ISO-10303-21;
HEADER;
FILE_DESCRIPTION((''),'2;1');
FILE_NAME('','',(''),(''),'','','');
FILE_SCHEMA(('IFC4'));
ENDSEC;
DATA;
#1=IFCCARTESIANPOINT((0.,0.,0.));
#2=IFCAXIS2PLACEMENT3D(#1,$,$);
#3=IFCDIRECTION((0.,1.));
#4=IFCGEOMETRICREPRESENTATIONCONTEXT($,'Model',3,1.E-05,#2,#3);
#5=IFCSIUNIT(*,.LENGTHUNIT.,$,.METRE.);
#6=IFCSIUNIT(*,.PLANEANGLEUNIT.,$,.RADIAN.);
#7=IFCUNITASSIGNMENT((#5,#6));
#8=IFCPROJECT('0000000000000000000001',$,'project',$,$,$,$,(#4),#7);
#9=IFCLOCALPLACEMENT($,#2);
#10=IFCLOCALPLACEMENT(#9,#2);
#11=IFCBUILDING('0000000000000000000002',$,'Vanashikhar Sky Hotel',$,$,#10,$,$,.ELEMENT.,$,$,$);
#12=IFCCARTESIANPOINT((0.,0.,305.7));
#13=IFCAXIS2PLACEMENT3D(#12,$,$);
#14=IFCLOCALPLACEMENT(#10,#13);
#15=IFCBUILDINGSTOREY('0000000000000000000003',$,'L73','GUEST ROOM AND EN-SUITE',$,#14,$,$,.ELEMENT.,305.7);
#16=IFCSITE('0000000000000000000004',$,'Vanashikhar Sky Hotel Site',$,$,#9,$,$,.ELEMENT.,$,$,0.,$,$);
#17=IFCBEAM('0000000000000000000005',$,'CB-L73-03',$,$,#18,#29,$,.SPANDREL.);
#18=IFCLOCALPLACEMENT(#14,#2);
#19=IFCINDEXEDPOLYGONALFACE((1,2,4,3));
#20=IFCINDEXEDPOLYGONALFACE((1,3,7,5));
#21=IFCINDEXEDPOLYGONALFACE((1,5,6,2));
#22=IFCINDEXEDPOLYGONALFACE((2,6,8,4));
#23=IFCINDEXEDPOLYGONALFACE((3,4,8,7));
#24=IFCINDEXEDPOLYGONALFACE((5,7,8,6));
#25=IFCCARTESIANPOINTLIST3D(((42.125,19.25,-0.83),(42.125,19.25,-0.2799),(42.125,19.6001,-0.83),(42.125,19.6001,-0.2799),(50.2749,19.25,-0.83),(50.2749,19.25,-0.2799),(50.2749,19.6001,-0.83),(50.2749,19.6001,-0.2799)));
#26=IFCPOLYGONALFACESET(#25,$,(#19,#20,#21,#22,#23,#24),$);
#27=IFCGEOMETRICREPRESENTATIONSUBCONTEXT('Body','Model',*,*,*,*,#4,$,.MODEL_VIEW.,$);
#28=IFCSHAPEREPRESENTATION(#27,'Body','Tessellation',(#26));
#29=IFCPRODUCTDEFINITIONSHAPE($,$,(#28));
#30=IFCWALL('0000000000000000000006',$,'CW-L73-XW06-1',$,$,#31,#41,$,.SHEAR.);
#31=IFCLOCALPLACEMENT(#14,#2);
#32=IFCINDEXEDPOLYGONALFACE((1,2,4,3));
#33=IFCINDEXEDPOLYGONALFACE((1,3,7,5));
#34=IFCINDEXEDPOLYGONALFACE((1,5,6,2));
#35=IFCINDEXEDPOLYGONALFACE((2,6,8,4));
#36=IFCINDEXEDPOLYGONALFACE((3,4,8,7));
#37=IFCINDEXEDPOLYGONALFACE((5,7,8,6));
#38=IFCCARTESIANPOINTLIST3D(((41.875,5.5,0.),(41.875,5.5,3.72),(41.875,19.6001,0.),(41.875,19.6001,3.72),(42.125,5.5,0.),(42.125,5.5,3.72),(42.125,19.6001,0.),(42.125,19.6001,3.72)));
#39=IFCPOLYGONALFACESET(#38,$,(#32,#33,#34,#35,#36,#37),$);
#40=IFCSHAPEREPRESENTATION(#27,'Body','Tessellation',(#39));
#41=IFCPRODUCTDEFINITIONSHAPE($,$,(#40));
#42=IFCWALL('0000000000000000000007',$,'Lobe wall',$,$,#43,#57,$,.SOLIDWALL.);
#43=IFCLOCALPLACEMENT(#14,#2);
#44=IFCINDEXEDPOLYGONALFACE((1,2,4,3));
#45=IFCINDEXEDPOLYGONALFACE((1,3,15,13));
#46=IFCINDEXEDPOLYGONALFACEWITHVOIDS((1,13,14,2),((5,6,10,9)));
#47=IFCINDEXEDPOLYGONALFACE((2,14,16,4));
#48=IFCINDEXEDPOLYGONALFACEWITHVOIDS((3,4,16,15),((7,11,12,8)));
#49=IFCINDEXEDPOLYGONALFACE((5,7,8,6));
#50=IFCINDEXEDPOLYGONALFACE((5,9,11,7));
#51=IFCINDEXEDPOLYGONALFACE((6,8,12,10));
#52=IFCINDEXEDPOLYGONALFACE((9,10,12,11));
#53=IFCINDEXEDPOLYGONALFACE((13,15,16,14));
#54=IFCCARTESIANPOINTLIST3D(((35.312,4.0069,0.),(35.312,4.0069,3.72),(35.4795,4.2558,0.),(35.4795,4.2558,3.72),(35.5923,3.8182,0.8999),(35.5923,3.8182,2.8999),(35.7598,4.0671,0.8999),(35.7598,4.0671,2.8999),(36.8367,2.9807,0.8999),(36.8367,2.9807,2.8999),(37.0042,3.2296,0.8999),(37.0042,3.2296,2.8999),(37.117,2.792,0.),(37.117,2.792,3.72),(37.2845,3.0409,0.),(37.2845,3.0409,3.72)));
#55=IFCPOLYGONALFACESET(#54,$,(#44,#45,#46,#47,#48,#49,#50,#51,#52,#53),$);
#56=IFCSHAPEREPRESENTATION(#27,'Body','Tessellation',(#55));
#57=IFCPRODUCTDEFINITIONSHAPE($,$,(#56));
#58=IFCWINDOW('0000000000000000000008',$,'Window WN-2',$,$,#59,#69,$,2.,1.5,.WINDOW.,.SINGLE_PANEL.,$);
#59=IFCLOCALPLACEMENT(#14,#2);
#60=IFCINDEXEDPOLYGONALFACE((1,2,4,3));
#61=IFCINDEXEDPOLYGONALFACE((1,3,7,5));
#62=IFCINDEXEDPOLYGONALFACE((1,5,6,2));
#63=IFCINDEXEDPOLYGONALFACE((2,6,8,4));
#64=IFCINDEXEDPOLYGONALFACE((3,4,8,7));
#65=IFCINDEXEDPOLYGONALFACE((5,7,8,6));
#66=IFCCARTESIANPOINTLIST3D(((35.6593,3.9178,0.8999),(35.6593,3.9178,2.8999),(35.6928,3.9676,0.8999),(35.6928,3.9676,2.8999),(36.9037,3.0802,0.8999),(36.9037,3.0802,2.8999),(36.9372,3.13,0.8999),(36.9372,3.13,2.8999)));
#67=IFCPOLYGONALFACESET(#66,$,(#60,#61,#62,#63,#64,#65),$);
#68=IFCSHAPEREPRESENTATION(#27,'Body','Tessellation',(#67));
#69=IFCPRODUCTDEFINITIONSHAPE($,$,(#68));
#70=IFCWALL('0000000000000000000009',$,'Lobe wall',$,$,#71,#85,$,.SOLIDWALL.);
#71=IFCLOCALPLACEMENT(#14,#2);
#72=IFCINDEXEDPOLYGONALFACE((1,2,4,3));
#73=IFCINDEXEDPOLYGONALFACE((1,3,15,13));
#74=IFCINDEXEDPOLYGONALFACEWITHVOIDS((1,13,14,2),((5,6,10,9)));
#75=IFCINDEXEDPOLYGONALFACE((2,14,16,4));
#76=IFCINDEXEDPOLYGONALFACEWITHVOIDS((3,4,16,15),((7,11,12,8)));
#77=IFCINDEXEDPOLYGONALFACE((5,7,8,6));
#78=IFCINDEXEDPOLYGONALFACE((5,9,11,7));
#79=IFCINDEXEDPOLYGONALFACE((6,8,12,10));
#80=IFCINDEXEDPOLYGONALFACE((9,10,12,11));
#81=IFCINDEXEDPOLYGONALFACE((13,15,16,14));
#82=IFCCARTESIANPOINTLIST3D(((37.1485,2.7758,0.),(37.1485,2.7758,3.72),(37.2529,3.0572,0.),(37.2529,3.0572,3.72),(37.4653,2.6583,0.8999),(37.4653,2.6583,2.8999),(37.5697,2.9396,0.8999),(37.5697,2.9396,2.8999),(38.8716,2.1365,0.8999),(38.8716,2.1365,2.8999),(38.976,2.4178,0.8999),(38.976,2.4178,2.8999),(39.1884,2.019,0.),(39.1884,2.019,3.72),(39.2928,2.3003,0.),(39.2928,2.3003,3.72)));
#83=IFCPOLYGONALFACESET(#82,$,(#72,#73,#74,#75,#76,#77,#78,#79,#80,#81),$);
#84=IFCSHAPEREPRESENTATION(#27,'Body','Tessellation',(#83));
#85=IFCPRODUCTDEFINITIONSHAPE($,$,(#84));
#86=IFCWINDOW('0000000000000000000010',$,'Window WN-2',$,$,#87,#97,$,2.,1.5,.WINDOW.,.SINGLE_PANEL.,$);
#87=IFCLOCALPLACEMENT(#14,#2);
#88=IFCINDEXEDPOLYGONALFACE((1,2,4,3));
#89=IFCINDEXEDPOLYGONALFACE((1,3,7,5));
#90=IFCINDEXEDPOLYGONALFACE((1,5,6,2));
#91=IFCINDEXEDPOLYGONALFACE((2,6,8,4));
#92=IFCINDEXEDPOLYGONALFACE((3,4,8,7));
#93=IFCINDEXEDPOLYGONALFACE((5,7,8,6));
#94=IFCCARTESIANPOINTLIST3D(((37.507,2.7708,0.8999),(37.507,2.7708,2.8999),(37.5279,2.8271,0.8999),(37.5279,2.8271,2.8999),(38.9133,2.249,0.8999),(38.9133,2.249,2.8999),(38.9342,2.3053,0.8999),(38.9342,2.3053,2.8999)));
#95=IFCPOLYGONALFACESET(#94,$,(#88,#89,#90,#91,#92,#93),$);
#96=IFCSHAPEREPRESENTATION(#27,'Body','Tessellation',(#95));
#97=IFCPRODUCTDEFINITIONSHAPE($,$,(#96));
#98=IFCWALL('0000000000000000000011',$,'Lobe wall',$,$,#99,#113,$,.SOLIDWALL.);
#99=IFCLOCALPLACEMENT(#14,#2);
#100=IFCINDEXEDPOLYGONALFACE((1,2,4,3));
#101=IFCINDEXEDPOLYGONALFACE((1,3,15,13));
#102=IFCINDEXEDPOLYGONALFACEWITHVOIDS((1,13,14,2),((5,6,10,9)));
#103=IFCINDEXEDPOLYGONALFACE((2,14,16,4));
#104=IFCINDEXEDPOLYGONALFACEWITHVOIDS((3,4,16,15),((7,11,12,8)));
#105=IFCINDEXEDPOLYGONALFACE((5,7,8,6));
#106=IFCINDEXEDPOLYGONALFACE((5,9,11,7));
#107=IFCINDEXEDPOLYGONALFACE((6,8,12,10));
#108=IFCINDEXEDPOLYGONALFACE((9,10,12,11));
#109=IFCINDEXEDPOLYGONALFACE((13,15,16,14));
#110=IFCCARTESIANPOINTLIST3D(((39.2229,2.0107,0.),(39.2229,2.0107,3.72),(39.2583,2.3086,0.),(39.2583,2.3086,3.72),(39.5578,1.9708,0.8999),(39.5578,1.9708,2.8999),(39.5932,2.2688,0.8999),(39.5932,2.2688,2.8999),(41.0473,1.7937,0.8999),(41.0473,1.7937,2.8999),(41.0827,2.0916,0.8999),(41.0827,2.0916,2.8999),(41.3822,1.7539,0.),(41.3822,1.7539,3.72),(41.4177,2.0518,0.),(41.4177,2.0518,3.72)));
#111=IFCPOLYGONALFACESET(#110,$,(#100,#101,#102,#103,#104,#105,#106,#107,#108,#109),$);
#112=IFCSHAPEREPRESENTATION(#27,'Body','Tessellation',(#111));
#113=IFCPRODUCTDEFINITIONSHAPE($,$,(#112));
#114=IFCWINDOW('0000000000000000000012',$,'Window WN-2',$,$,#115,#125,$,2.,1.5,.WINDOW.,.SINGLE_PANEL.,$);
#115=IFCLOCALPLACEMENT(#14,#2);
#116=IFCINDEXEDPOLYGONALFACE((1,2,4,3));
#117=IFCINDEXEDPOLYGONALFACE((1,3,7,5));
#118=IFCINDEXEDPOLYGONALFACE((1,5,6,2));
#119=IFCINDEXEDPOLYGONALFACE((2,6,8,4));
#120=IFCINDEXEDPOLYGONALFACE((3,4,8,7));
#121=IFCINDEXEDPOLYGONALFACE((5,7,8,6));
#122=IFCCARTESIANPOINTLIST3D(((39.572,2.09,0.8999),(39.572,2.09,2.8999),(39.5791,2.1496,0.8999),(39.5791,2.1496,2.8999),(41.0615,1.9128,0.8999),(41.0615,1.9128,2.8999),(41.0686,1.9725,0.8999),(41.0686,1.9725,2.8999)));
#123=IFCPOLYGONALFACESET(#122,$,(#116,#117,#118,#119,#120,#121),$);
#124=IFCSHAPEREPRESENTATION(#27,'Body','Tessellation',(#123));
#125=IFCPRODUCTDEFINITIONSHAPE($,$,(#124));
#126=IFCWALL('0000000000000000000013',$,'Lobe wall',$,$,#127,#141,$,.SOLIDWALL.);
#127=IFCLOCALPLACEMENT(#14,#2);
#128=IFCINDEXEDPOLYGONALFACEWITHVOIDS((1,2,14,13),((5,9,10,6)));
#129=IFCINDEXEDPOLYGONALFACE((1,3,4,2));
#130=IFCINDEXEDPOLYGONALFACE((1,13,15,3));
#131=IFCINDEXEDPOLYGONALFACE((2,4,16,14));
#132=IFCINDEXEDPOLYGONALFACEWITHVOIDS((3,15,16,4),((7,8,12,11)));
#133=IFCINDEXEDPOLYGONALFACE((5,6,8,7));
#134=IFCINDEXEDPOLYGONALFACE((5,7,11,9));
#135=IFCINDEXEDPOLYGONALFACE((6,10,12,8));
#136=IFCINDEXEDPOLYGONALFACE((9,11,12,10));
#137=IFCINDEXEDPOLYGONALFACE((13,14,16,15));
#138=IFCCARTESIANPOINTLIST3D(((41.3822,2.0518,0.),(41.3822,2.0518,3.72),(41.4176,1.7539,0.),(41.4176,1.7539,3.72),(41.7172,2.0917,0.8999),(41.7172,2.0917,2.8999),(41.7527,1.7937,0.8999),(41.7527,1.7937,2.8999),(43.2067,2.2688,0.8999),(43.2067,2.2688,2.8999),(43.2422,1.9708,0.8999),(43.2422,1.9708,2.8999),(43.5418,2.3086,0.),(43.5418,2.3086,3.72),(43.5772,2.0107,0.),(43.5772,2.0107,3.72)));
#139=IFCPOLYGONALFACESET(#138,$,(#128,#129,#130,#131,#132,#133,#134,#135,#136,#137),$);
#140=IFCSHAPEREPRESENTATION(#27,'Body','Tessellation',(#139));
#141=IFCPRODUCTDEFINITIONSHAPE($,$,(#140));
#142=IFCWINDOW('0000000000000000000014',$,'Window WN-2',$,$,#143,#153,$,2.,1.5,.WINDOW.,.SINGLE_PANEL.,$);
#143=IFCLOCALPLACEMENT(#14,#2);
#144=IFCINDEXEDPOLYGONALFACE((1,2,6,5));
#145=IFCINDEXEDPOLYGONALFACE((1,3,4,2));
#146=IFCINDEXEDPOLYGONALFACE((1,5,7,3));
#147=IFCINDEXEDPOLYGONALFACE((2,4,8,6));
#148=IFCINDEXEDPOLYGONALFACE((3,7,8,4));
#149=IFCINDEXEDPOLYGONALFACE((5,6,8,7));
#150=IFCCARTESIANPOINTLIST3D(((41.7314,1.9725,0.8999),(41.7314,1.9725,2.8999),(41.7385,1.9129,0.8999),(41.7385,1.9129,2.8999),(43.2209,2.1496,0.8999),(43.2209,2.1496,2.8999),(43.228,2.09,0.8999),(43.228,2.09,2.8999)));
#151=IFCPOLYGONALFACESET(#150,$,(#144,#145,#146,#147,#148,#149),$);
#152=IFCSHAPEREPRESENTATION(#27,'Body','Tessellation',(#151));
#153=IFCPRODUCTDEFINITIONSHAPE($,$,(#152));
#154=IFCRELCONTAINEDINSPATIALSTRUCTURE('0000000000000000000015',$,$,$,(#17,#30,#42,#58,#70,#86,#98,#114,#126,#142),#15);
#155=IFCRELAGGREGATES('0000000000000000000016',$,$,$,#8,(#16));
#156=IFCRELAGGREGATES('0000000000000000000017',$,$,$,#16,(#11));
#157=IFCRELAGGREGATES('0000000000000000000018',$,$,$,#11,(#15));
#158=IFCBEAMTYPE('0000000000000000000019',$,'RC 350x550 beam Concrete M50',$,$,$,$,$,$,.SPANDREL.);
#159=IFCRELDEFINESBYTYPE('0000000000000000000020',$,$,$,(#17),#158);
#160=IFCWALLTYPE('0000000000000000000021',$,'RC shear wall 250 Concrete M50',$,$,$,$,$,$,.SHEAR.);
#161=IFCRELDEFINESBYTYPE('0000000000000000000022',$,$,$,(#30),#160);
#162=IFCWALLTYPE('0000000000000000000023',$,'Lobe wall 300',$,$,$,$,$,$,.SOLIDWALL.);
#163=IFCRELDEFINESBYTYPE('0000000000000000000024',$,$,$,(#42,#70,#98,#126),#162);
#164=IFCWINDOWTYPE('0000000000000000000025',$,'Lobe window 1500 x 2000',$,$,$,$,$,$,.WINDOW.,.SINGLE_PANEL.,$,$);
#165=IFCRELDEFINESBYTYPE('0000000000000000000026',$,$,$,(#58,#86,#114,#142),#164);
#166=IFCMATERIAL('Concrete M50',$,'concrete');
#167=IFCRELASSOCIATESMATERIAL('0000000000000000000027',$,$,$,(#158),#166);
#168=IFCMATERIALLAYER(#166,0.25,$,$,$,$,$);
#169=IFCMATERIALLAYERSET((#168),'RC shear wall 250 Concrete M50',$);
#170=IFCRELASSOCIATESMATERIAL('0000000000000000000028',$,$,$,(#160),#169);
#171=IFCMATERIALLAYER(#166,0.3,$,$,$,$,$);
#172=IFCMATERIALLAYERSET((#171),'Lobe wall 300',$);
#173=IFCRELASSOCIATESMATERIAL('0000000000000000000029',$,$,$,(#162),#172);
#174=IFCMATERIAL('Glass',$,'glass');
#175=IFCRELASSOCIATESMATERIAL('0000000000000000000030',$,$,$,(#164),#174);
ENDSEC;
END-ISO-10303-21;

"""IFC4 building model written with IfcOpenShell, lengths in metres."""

from ifc_helpers import new_model, si_unit, direction, frame, frame_2d, origin, origin_2d, place, context, subcontext, project, spatial, rectangle, extrude, source, transform, mapped, material, layer, layer_set, material_profile, profile_set, type_object, element, fill, save


model = new_model("IFC4")

# Units and contexts
model_context = context("Model", 3, precision=1e-05, world=origin(), true_north=direction((0.0, 1.0)))
body_context = subcontext(model_context, "Body", "Model", "MODEL_VIEW")
ifc_project = project(units=[si_unit("LENGTHUNIT", "METRE"), si_unit("PLANEANGLEUNIT", "RADIAN")], contexts=[model_context])

# Site, building, storey
site_placement = place(None, origin())
site = spatial("IfcSite", under=ifc_project, at=site_placement, Name="Vanashikhar Sky Hotel Site", CompositionType="ELEMENT", RefElevation=0.0)
building_placement = place(site_placement, origin())
building = spatial("IfcBuilding", under=site, at=building_placement, Name="Vanashikhar Sky Hotel", CompositionType="ELEMENT")
storey_placement = place(building_placement, frame((0.0, 0.0, 305.7)))
storey = spatial("IfcBuildingStorey", under=building, at=storey_placement, Name="L73", Description="GUEST ROOM AND EN-SUITE", CompositionType="ELEMENT", Elevation=305.7)

# Beam
ifc_material_1 = material(Name="Concrete M50", Category="concrete")
ifc_material_profile_1 = material_profile(ifc_material_1, rectangle(XDim=0.3501, YDim=0.55, at=origin_2d()))
ifc_profile_set_1 = profile_set([ifc_material_profile_1], Name="RC 350x550 beam Concrete M50")
beam_type = type_object("IfcBeamType", Name="RC 350x550 beam Concrete M50", PredefinedType="SPANDREL", material=ifc_profile_set_1)
shared_shape_1 = source(origin(), body_context, "Body", "SweptSolid", [
    extrude(rectangle(XDim=0.3501, YDim=0.55, at=origin_2d()), origin(), (0.0, 0.0, 1.0), 8.1499),
])
beam_placement = place(storey_placement, frame((42.125, 19.425, -0.5549), z_axis=(1.0, 0.0, 0.0), x_axis=(0.0, 1.0, 0.0)))
element("IfcBeam", 1, at=beam_placement, inside=storey, type_object=beam_type, Name="CB-L73-03", PredefinedType="SPANDREL", context=body_context, shape_type="MappedRepresentation", body=[
    mapped(shared_shape_1, transform((0.0, 0.0, 0.0), scale=1.0)),
])

# Wall
ifc_layer_1 = layer(ifc_material_1, 0.25)
ifc_layer_set_1 = layer_set([ifc_layer_1], Name="RC shear wall 250 Concrete M50")
wall_type_1 = type_object("IfcWallType", Name="RC shear wall 250 Concrete M50", PredefinedType="SHEAR", material=ifc_layer_set_1)
shared_shape_2 = source(origin(), body_context, "Body", "SweptSolid", [
    extrude(rectangle(XDim=14.1001, YDim=0.25, at=frame_2d((7.05, 0.0))), origin(), (0.0, 0.0, 1.0), 3.72),
])
wall_1_placement = place(storey_placement, frame((42.0, 5.5, 0.0), z_axis=(0.0, 0.0, 1.0), x_axis=(0.0, 1.0, 0.0)))
element("IfcWall", 2, at=wall_1_placement, inside=storey, type_object=wall_type_1, Name="CW-L73-XW06-1", PredefinedType="SHEAR", context=body_context, shape_type="MappedRepresentation", body=[
    mapped(shared_shape_2, transform((0.0, 0.0, 0.0), scale=1.0)),
])

# Walls, openings, windows
ifc_layer_2 = layer(ifc_material_1, 0.3)
ifc_layer_set_2 = layer_set([ifc_layer_2], Name="Lobe wall 300")
wall_type_2 = type_object("IfcWallType", Name="Lobe wall 300", PredefinedType="SOLIDWALL", material=ifc_layer_set_2)
shared_shape_3 = source(origin(), body_context, "Body", "SweptSolid", [
    extrude(rectangle(XDim=2.1758, YDim=0.3, at=frame_2d((1.0879, 0.0))), origin(), (0.0, 0.0, 1.0), 3.72),
])
wall_2_placement = place(storey_placement, frame((35.3958, 4.1313, 0.0), z_axis=(0.0, 0.0, 1.0), x_axis=(0.829591, -0.558372, 0.0)))
wall_2 = element("IfcWall", 3, at=wall_2_placement, inside=storey, type_object=wall_type_2, Name="Lobe wall", PredefinedType="SOLIDWALL", context=body_context, shape_type="MappedRepresentation", body=[
    mapped(shared_shape_3, transform((0.0, 0.0, 0.0), scale=1.0)),
])
shared_shape_4 = source(origin(), body_context, "Body", "SweptSolid", [
    extrude(rectangle(XDim=1.5, YDim=2.0, at=frame_2d((0.75, 1.0))), frame((0.0, 0.1602, 0.0), z_axis=(0.0, -1.0, 0.0), x_axis=(1.0, 0.0, 0.0)), (0.0, 0.0, 1.0), 0.3201),
])
opening_1_placement = place(wall_2_placement, frame((0.3379, 0.0, 0.8999)))
opening_1 = element("IfcOpeningElement", 4, at=opening_1_placement, cuts=wall_2, PredefinedType="OPENING", context=body_context, shape_type="MappedRepresentation", body=[
    mapped(shared_shape_4, transform((0.0, 0.0, 0.0), scale=1.0)),
])
ifc_material_2 = material(Name="Glass", Category="glass")
window_type = type_object("IfcWindowType", Name="Lobe window 1500 x 2000", PartitioningType="SINGLE_PANEL", PredefinedType="WINDOW", material=ifc_material_2)
shared_shape_5 = source(origin(), body_context, "Body", "SweptSolid", [
    extrude(rectangle(XDim=1.5, YDim=2.0, at=frame_2d((0.75, 1.0))), frame((0.0, 0.03, 0.0), z_axis=(0.0, -1.0, 0.0), x_axis=(1.0, 0.0, 0.0)), (0.0, 0.0, 1.0), 0.0601),
])
window_1_placement = place(opening_1_placement, origin())
window_1 = element("IfcWindow", 5, at=window_1_placement, inside=storey, type_object=window_type, Name="Window WN-2", OverallHeight=2.0, OverallWidth=1.5, PartitioningType="SINGLE_PANEL", PredefinedType="WINDOW", context=body_context, shape_type="MappedRepresentation", body=[
    mapped(shared_shape_5, transform((0.0, 0.0, 0.0), scale=1.0)),
])
fill(opening_1, window_1)
wall_3_placement = place(storey_placement, frame((37.2007, 2.9165, 0.0), z_axis=(0.0, 0.0, 1.0), x_axis=(0.937546, -0.347863, 0.0)))
wall_3 = element("IfcWall", 6, at=wall_3_placement, inside=storey, type_object=wall_type_2, Name="Lobe wall", PredefinedType="SOLIDWALL", context=body_context, shape_type="MappedRepresentation", body=[
    mapped(shared_shape_3, transform((0.0, 0.0, 0.0), scale=1.0)),
])
opening_2_placement = place(wall_3_placement, frame((0.3379, 0.0, 0.8999)))
opening_2 = element("IfcOpeningElement", 7, at=opening_2_placement, cuts=wall_3, PredefinedType="OPENING", context=body_context, shape_type="MappedRepresentation", body=[
    mapped(shared_shape_4, transform((0.0, 0.0, 0.0), scale=1.0)),
])
window_2_placement = place(opening_2_placement, origin())
window_2 = element("IfcWindow", 8, at=window_2_placement, inside=storey, type_object=window_type, Name="Window WN-2", OverallHeight=2.0, OverallWidth=1.5, PartitioningType="SINGLE_PANEL", PredefinedType="WINDOW", context=body_context, shape_type="MappedRepresentation", body=[
    mapped(shared_shape_5, transform((0.0, 0.0, 0.0), scale=1.0)),
])
fill(opening_2, window_2)
shared_shape_6 = source(origin(), body_context, "Body", "SweptSolid", [
    extrude(rectangle(XDim=2.1746, YDim=0.3, at=frame_2d((1.0874, 0.0))), origin(), (0.0, 0.0, 1.0), 3.72),
])
wall_4_placement = place(storey_placement, frame((39.2405, 2.1597, 0.0), z_axis=(0.0, 0.0, 1.0), x_axis=(0.993001, -0.118105, 0.0)))
wall_4 = element("IfcWall", 9, at=wall_4_placement, inside=storey, type_object=wall_type_2, Name="Lobe wall", PredefinedType="SOLIDWALL", context=body_context, shape_type="MappedRepresentation", body=[
    mapped(shared_shape_6, transform((0.0, 0.0, 0.0), scale=1.0)),
])
opening_3_placement = place(wall_4_placement, frame((0.3374, 0.0, 0.8999)))
opening_3 = element("IfcOpeningElement", 10, at=opening_3_placement, cuts=wall_4, PredefinedType="OPENING", context=body_context, shape_type="MappedRepresentation", body=[
    mapped(shared_shape_4, transform((0.0, 0.0, 0.0), scale=1.0)),
])
window_3_placement = place(opening_3_placement, origin())
window_3 = element("IfcWindow", 11, at=window_3_placement, inside=storey, type_object=window_type, Name="Window WN-2", OverallHeight=2.0, OverallWidth=1.5, PartitioningType="SINGLE_PANEL", PredefinedType="WINDOW", context=body_context, shape_type="MappedRepresentation", body=[
    mapped(shared_shape_5, transform((0.0, 0.0, 0.0), scale=1.0)),
])
fill(opening_3, window_3)
shared_shape_7 = source(origin(), body_context, "Body", "SweptSolid", [
    extrude(rectangle(XDim=2.1748, YDim=0.3, at=frame_2d((1.0874, 0.0))), origin(), (0.0, 0.0, 1.0), 3.72),
])
wall_5_placement = place(storey_placement, frame((41.3999, 1.9028, 0.0), z_axis=(0.0, 0.0, 1.0), x_axis=(0.993003, 0.118092, 0.0)))
wall_5 = element("IfcWall", 12, at=wall_5_placement, inside=storey, type_object=wall_type_2, Name="Lobe wall", PredefinedType="SOLIDWALL", context=body_context, shape_type="MappedRepresentation", body=[
    mapped(shared_shape_7, transform((0.0, 0.0, 0.0), scale=1.0)),
])
opening_4_placement = place(wall_5_placement, frame((0.3374, 0.0, 0.8999)))
opening_4 = element("IfcOpeningElement", 13, at=opening_4_placement, cuts=wall_5, PredefinedType="OPENING", context=body_context, shape_type="MappedRepresentation", body=[
    mapped(shared_shape_4, transform((0.0, 0.0, 0.0), scale=1.0)),
])
window_4_placement = place(opening_4_placement, origin())
window_4 = element("IfcWindow", 14, at=window_4_placement, inside=storey, type_object=window_type, Name="Window WN-2", OverallHeight=2.0, OverallWidth=1.5, PartitioningType="SINGLE_PANEL", PredefinedType="WINDOW", context=body_context, shape_type="MappedRepresentation", body=[
    mapped(shared_shape_5, transform((0.0, 0.0, 0.0), scale=1.0)),
])
fill(opening_4, window_4)

save(model, "model.ifc")
